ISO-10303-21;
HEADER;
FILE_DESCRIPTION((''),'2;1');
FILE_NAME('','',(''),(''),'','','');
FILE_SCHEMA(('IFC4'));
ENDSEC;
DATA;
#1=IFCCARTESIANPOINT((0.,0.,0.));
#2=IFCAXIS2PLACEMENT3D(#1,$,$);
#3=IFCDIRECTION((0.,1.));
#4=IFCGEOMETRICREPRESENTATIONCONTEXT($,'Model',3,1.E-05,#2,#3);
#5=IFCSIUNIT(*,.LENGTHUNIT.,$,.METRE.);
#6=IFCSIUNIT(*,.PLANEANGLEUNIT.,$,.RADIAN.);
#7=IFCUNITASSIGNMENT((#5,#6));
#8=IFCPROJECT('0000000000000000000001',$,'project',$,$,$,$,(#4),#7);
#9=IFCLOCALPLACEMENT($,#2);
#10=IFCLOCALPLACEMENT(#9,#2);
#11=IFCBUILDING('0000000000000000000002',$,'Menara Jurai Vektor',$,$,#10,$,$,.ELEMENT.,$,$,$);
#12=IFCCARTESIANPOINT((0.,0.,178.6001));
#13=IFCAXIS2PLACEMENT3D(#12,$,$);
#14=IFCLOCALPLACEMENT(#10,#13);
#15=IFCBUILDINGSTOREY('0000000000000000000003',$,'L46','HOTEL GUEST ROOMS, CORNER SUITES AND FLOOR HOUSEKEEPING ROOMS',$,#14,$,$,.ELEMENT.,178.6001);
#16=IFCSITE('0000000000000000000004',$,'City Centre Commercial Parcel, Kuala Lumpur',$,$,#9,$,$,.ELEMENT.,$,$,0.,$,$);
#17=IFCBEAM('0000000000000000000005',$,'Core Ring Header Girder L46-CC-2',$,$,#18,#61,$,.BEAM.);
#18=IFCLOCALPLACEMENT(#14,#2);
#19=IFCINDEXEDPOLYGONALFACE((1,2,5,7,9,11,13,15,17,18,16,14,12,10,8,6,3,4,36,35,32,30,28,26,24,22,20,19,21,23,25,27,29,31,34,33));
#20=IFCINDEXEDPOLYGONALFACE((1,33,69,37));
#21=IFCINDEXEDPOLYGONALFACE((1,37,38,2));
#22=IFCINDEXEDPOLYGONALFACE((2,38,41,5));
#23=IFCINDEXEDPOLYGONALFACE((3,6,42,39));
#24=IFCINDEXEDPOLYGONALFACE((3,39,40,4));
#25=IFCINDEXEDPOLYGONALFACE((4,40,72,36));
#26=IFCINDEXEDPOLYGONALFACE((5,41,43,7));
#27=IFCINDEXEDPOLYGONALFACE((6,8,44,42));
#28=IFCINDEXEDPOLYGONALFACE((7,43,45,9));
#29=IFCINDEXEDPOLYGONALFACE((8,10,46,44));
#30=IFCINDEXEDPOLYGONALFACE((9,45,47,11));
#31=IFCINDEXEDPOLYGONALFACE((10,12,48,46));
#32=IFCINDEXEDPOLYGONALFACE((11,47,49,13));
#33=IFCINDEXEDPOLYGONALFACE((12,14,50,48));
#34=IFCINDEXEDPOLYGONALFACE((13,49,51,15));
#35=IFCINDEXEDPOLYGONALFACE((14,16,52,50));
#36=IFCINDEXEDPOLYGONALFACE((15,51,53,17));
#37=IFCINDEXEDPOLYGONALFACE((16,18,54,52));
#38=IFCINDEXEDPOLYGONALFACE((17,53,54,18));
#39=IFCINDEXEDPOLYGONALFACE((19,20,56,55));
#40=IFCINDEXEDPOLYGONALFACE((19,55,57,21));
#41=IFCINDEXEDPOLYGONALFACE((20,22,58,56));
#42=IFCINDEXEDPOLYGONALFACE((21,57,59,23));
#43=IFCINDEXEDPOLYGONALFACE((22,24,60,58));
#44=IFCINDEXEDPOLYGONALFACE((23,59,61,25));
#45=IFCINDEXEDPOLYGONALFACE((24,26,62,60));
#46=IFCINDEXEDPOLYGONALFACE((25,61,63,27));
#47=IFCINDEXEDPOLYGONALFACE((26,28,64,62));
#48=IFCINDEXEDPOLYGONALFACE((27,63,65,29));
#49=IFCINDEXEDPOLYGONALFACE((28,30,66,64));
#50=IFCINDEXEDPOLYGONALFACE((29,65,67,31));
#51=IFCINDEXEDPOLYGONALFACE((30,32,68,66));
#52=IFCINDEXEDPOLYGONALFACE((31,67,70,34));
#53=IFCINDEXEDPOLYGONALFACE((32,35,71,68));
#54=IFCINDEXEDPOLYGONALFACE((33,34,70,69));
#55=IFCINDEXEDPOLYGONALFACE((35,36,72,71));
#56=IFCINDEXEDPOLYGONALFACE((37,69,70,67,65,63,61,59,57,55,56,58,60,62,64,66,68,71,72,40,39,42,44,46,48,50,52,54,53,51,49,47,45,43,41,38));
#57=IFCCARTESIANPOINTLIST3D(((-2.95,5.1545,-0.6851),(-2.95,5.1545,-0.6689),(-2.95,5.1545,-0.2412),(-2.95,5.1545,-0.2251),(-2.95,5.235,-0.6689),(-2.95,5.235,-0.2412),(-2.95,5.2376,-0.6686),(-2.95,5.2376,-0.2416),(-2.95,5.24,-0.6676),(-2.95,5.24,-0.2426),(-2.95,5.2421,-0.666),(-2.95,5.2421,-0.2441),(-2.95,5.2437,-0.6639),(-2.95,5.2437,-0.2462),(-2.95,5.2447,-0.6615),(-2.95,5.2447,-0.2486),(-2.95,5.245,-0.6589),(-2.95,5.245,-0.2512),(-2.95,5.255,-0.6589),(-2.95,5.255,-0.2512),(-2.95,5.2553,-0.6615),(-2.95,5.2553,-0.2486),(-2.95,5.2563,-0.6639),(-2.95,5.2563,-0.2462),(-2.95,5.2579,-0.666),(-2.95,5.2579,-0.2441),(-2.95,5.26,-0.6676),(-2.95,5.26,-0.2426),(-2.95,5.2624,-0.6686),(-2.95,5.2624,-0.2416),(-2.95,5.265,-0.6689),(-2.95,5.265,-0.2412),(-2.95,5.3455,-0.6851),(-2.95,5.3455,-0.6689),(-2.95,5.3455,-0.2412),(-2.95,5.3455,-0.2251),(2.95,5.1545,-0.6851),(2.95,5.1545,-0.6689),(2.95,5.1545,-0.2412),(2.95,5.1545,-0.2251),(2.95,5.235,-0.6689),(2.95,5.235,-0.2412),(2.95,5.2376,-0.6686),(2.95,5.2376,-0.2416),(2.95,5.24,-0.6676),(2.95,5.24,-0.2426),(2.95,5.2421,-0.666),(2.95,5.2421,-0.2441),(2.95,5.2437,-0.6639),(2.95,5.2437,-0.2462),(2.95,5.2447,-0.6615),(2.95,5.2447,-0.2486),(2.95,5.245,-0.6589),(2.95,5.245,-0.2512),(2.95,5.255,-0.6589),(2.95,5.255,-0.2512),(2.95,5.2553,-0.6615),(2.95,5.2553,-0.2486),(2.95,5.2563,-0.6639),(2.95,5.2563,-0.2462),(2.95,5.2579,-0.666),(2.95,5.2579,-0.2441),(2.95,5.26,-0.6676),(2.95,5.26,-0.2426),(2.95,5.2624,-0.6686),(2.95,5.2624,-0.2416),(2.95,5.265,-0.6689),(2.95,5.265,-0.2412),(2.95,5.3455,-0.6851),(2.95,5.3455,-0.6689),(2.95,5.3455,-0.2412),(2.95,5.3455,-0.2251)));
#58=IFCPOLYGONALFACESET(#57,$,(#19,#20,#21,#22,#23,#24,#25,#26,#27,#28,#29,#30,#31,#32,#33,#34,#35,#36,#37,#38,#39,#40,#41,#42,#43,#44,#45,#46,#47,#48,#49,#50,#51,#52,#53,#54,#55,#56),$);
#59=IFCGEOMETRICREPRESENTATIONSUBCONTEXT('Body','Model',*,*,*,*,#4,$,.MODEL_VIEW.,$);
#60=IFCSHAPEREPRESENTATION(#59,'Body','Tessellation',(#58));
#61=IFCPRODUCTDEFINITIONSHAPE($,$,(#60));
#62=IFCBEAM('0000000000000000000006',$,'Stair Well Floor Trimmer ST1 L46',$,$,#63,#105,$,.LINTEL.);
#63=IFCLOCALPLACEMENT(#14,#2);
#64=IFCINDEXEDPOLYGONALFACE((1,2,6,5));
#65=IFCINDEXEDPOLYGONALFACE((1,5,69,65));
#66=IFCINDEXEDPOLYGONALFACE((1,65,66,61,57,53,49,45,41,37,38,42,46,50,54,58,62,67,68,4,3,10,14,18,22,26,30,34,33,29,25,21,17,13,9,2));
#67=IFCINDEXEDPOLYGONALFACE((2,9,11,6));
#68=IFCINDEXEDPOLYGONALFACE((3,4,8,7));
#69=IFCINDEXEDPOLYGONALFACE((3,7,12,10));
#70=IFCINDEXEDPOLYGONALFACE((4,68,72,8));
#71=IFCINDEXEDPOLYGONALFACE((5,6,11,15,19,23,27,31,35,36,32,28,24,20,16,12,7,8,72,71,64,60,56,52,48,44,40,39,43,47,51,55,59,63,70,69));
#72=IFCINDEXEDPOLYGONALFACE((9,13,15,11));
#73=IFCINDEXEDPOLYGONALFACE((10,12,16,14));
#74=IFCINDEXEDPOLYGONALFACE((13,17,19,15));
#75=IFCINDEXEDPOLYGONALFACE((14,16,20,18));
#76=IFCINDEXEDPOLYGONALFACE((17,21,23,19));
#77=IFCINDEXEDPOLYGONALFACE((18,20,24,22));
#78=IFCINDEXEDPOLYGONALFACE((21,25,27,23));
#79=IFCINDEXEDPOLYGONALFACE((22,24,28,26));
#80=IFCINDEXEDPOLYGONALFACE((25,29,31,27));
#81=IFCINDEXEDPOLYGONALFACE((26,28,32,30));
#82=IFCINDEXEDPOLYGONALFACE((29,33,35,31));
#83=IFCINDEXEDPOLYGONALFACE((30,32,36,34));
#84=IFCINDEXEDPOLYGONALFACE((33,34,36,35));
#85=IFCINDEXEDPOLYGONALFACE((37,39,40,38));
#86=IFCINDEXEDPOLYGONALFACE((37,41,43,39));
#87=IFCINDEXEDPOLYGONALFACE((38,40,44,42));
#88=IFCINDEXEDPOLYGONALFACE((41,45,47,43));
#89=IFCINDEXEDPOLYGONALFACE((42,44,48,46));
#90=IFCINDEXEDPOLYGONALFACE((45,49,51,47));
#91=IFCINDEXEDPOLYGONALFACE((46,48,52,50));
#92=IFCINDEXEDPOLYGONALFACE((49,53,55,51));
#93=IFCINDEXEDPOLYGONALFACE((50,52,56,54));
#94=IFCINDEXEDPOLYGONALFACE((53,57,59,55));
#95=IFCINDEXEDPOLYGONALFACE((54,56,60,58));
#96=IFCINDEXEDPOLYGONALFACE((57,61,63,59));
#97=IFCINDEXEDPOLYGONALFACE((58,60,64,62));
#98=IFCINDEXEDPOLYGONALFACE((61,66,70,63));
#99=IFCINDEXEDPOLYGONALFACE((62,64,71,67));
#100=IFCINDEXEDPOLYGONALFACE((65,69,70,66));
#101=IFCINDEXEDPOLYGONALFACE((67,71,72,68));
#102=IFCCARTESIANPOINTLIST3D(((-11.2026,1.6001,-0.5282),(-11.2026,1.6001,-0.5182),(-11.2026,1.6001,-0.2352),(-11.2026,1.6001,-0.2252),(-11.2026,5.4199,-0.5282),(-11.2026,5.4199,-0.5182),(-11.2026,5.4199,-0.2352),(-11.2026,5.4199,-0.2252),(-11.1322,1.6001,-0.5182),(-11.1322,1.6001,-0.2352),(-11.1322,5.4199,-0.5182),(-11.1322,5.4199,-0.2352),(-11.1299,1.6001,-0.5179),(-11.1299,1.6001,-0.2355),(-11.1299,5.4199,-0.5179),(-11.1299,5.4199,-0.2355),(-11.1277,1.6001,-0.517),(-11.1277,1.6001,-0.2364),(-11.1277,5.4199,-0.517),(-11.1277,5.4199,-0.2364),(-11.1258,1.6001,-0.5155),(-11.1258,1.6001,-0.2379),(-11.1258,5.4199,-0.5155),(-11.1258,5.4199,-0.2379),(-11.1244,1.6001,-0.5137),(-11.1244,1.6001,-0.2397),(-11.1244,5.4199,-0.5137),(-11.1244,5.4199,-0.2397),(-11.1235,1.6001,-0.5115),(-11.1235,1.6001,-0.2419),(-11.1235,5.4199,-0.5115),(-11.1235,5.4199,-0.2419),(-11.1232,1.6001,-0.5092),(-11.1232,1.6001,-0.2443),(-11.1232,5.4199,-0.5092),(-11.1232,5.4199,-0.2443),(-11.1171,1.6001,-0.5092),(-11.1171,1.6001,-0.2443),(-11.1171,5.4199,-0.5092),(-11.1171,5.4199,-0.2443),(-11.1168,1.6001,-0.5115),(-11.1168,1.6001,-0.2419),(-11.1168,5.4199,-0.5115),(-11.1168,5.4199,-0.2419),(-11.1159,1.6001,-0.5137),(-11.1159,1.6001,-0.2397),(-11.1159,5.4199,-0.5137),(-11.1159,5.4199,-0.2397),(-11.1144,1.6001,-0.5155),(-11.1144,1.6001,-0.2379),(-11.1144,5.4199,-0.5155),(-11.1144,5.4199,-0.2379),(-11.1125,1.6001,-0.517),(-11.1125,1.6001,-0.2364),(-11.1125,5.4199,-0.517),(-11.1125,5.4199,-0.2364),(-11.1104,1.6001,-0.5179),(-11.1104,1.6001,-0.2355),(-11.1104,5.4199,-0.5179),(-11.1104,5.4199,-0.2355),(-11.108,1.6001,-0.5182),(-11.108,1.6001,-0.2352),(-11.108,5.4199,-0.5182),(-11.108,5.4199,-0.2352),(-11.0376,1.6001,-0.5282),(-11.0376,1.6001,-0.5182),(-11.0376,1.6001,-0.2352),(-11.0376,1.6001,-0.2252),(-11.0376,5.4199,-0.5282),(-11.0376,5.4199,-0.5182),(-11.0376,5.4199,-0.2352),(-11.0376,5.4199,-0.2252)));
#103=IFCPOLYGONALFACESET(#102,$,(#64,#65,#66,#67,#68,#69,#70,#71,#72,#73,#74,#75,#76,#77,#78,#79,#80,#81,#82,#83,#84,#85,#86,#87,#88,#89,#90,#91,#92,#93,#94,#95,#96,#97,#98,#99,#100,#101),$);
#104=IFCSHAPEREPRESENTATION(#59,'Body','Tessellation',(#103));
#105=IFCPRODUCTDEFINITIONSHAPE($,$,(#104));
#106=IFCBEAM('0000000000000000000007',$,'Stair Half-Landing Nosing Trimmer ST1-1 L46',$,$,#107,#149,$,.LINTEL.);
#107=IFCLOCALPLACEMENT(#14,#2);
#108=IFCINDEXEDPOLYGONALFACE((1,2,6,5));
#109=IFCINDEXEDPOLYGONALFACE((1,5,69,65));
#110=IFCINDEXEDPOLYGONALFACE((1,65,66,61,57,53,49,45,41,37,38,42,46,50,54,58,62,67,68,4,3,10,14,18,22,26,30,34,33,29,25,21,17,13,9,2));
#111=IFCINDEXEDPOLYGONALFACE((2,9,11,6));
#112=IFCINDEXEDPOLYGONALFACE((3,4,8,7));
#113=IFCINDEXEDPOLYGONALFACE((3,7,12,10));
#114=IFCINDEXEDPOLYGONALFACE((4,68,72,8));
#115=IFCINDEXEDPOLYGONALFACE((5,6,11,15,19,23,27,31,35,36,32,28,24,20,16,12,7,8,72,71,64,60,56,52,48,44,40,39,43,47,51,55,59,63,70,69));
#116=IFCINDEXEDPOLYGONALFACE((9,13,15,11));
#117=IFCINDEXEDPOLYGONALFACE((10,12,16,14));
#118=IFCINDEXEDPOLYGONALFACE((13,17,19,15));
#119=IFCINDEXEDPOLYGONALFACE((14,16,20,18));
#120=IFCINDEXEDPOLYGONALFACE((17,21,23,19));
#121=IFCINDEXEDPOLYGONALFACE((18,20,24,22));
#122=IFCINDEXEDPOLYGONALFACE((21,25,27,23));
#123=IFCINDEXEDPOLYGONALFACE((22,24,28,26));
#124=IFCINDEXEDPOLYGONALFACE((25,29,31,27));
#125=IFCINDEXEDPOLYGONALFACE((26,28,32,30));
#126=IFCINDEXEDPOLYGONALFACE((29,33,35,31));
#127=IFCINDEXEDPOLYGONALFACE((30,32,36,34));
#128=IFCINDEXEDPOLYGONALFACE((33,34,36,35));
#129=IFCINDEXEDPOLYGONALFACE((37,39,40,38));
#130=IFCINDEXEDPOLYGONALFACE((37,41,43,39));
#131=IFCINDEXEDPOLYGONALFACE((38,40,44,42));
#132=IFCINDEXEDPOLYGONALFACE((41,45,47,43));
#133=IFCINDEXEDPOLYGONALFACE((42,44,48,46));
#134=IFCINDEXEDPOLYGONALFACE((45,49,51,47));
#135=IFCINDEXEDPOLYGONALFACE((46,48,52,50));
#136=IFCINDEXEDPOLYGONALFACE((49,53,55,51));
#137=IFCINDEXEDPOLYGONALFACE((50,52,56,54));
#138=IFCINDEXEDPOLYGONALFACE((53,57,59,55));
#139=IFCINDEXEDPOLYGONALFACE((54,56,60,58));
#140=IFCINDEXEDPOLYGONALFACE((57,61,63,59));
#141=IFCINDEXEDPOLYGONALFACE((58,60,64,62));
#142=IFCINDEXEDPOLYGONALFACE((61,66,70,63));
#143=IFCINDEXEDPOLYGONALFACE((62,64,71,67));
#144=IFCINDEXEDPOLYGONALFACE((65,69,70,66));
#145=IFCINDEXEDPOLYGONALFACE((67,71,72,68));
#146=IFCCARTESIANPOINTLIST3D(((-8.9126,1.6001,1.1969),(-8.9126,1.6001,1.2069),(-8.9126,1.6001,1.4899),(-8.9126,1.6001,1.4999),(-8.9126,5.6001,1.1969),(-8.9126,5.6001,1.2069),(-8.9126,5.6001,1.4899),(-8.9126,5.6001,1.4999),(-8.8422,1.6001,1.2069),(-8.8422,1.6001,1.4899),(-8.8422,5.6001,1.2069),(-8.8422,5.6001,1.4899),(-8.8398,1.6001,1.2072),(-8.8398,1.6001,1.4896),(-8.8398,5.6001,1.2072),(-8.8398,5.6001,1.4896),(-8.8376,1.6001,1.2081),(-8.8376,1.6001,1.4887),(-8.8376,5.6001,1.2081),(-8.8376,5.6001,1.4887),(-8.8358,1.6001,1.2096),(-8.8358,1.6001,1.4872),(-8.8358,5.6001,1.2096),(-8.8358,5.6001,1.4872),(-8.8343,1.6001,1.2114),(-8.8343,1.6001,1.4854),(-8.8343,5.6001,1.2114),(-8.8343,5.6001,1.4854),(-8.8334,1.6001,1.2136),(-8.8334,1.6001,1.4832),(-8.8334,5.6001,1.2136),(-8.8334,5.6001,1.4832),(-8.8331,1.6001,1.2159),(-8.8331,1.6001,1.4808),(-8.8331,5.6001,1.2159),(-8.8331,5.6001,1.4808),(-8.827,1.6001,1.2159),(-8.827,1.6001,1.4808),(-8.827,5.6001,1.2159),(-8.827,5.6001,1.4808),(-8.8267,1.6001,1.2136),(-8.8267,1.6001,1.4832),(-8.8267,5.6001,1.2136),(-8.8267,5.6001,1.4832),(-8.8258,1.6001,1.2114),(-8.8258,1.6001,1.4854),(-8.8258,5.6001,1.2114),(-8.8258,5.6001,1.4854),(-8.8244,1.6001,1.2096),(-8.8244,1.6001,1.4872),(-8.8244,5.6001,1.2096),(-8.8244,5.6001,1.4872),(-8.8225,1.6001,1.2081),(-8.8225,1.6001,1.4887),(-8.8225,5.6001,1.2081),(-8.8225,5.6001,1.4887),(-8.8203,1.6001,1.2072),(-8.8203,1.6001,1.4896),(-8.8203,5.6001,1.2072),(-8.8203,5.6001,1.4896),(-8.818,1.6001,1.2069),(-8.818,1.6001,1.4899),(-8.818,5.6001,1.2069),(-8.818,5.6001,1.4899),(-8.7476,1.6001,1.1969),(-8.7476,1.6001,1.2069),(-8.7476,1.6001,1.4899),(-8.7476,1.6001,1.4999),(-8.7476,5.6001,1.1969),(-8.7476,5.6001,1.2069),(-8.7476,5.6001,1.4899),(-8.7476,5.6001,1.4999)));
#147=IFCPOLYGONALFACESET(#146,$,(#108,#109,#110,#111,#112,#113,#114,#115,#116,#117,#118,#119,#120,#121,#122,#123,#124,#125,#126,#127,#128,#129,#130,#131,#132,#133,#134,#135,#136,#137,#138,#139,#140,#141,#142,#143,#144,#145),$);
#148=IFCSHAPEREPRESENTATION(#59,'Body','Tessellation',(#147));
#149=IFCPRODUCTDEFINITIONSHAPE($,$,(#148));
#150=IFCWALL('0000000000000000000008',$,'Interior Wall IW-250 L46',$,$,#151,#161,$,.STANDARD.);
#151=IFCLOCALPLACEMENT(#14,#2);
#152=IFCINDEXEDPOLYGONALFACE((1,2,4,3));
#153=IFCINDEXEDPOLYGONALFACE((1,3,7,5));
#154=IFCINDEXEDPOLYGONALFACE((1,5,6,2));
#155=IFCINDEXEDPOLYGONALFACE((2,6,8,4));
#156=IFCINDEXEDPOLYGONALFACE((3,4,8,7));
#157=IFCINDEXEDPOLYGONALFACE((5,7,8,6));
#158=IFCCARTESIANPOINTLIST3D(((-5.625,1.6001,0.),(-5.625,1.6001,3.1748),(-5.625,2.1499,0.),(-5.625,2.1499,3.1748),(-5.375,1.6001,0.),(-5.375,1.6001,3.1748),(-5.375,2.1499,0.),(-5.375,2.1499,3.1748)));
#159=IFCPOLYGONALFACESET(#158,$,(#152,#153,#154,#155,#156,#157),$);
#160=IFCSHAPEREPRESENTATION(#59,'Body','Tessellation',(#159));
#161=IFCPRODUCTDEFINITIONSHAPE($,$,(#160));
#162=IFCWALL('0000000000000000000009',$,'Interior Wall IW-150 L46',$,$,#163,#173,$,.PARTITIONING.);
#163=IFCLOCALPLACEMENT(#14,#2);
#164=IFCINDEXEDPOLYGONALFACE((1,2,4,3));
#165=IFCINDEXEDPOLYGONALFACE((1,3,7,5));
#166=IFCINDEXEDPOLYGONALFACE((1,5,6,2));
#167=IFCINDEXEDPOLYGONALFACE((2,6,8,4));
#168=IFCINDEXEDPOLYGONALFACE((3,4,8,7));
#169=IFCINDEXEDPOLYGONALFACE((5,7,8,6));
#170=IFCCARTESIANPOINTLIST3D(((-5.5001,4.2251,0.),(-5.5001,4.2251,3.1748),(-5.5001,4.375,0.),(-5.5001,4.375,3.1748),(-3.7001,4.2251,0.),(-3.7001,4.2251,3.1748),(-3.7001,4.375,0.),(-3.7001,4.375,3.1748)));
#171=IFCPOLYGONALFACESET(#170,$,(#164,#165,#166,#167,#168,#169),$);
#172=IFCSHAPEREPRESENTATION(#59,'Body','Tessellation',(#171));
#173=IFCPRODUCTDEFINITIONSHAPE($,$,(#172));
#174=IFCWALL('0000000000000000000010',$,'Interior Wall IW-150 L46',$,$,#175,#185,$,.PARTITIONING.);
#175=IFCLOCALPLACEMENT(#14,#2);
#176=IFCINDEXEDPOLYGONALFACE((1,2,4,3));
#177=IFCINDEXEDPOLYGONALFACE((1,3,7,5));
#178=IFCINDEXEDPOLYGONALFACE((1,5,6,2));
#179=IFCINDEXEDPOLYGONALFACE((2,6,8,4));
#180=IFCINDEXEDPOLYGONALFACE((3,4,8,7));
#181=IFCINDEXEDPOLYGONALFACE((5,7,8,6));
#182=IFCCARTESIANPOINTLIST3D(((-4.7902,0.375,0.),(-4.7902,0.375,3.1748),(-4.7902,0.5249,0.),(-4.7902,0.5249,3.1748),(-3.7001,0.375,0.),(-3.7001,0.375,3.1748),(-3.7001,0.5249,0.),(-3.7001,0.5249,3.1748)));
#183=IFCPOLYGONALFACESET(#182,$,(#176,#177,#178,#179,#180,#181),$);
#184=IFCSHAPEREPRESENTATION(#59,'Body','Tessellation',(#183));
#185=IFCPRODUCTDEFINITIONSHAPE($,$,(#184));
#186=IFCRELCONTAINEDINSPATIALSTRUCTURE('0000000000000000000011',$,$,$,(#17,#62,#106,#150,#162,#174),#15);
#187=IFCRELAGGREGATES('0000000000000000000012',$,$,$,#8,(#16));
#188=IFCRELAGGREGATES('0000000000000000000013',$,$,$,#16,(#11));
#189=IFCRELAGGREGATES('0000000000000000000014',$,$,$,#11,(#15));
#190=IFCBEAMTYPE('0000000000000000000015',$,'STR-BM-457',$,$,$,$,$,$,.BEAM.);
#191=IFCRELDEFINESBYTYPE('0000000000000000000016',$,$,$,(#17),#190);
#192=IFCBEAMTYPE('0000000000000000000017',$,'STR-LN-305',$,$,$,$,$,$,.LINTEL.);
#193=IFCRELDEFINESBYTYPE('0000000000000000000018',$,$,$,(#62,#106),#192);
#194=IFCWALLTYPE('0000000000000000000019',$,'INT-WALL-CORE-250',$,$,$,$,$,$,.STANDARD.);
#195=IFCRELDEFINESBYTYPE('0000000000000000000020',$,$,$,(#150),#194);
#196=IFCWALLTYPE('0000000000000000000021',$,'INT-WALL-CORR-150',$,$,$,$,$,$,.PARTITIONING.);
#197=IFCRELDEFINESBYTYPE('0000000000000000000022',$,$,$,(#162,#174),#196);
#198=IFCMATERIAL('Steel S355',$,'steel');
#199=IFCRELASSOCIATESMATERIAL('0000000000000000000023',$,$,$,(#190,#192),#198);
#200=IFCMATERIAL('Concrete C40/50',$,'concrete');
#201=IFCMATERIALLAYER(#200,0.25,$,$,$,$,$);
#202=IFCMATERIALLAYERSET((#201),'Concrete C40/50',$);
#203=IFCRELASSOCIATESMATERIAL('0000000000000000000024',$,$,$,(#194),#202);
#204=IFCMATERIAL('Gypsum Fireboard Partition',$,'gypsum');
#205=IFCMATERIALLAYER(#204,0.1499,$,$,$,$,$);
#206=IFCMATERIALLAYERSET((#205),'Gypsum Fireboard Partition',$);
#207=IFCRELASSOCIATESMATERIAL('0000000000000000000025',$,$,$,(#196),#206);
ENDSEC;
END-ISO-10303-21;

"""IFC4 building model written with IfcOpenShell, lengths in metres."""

from ifc_helpers import new_model, si_unit, direction, frame, frame_2d, origin, origin_2d, place, context, subcontext, project, spatial, rectangle, i_section, extrude, material, layer, layer_set, material_profile, profile_set, type_object, element, save


model = new_model("IFC4")

# Units and contexts
model_context = context("Model", 3, precision=1e-05, world=origin(), true_north=direction((0.0, 1.0)))
body_context = subcontext(model_context, "Body", "Model", "MODEL_VIEW")
ifc_project = project(units=[si_unit("LENGTHUNIT", "METRE"), si_unit("PLANEANGLEUNIT", "RADIAN")], contexts=[model_context])

# Site, building, storey
site_placement = place(None, origin())
site = spatial("IfcSite", under=ifc_project, at=site_placement, Name="City Centre Commercial Parcel, Kuala Lumpur", CompositionType="ELEMENT", RefElevation=0.0)
building_placement = place(site_placement, origin())
building = spatial("IfcBuilding", under=site, at=building_placement, Name="Menara Jurai Vektor", CompositionType="ELEMENT")
storey_placement = place(building_placement, frame((0.0, 0.0, 178.6001)))
storey = spatial("IfcBuildingStorey", under=building, at=storey_placement, Name="L46", Description="HOTEL GUEST ROOMS, CORNER SUITES AND FLOOR HOUSEKEEPING ROOMS", CompositionType="ELEMENT", Elevation=178.6001)

# Shared definitions
ifc_material_1 = material(Name="Steel S355", Category="steel")

# Beams
ifc_material_profile_1 = material_profile(ifc_material_1, i_section(OverallWidth=0.1909, OverallDepth=0.46, WebThickness=0.01, FlangeThickness=0.0161, FilletRadius=0.01, at=origin_2d()), Name="UKB 457x191x82")
ifc_profile_set_1 = profile_set([ifc_material_profile_1], Name="Steel S355")
beam_type_1 = type_object("IfcBeamType", Name="STR-BM-457", PredefinedType="BEAM", material=ifc_profile_set_1)
beam_1_placement = place(storey_placement, frame((-2.95, 5.25, -0.4551), z_axis=(1.0, 0.0, 0.0), x_axis=(0.0, 1.0, 0.0)))
element("IfcBeam", 1, at=beam_1_placement, inside=storey, type_object=beam_type_1, Name="Core Ring Header Girder L46-CC-2", PredefinedType="BEAM", context=body_context, shape_type="SweptSolid", body=[
    extrude(i_section(OverallWidth=0.1909, OverallDepth=0.46, WebThickness=0.01, FlangeThickness=0.0161, FilletRadius=0.01, at=origin_2d()), origin(), (0.0, 0.0, 1.0), 5.8999),
])
ifc_material_profile_2 = material_profile(ifc_material_1, i_section(OverallWidth=0.165, OverallDepth=0.303, WebThickness=0.0061, FlangeThickness=0.01, FilletRadius=0.009, at=origin_2d()), Name="UKB 305x165x40")
ifc_profile_set_2 = profile_set([ifc_material_profile_2], Name="Steel S355")
beam_type_2 = type_object("IfcBeamType", Name="STR-LN-305", PredefinedType="LINTEL", material=ifc_profile_set_2)
beam_2_placement = place(storey_placement, frame((-11.1201, 1.6001, -0.3767), z_axis=(0.0, 1.0, 0.0), x_axis=(-1.0, 0.0, 0.0)))
element("IfcBeam", 2, at=beam_2_placement, inside=storey, type_object=beam_type_2, Name="Stair Well Floor Trimmer ST1 L46", PredefinedType="LINTEL", context=body_context, shape_type="SweptSolid", body=[
    extrude(i_section(OverallWidth=0.165, OverallDepth=0.303, WebThickness=0.0061, FlangeThickness=0.01, FilletRadius=0.009, at=origin_2d()), origin(), (0.0, 0.0, 1.0), 3.8198),
])
beam_3_placement = place(storey_placement, frame((-8.8301, 1.6001, 1.3484), z_axis=(0.0, 1.0, 0.0), x_axis=(-1.0, 0.0, 0.0)))
element("IfcBeam", 3, at=beam_3_placement, inside=storey, type_object=beam_type_2, Name="Stair Half-Landing Nosing Trimmer ST1-1 L46", PredefinedType="LINTEL", context=body_context, shape_type="SweptSolid", body=[
    extrude(i_section(OverallWidth=0.165, OverallDepth=0.303, WebThickness=0.0061, FlangeThickness=0.01, FilletRadius=0.009, at=origin_2d()), origin(), (0.0, 0.0, 1.0), 4.0),
])

# Shared definitions
ifc_material_2 = material(Name="Concrete C40/50", Category="concrete")
ifc_layer_1 = layer(ifc_material_2, 0.25)
ifc_layer_set_1 = layer_set([ifc_layer_1], Name="Concrete C40/50")
wall_type_1 = type_object("IfcWallType", Name="INT-WALL-CORE-250", PredefinedType="STANDARD", material=ifc_layer_set_1)

# Walls
wall_1_placement = place(storey_placement, frame((-5.5, 1.6001, 0.0), z_axis=(0.0, 0.0, 1.0), x_axis=(0.0, 1.0, 0.0)))
element("IfcWall", 4, at=wall_1_placement, inside=storey, type_object=wall_type_1, Name="Interior Wall IW-250 L46", PredefinedType="STANDARD", context=body_context, shape_type="SweptSolid", body=[
    extrude(rectangle(XDim=0.5498, YDim=0.25, at=frame_2d((0.2749, 0.0))), origin(), (0.0, 0.0, 1.0), 3.1748),
])
ifc_material_3 = material(Name="Gypsum Fireboard Partition", Category="gypsum")
ifc_layer_2 = layer(ifc_material_3, 0.1499)
ifc_layer_set_2 = layer_set([ifc_layer_2], Name="Gypsum Fireboard Partition")
wall_type_2 = type_object("IfcWallType", Name="INT-WALL-CORR-150", PredefinedType="PARTITIONING", material=ifc_layer_set_2)
wall_2_placement = place(storey_placement, frame((-5.5, 4.3, 0.0), z_axis=(0.0, 0.0, 1.0), x_axis=(1.0, 0.0, 0.0)))
element("IfcWall", 5, at=wall_2_placement, inside=storey, type_object=wall_type_2, Name="Interior Wall IW-150 L46", PredefinedType="PARTITIONING", context=body_context, shape_type="SweptSolid", body=[
    extrude(rectangle(XDim=1.8, YDim=0.1499, at=frame_2d((0.8999, 0.0))), origin(), (0.0, 0.0, 1.0), 3.1748),
])
wall_3_placement = place(storey_placement, frame((-4.79, 0.45, 0.0), z_axis=(0.0, 0.0, 1.0), x_axis=(1.0, 0.0, 0.0)))
element("IfcWall", 6, at=wall_3_placement, inside=storey, type_object=wall_type_2, Name="Interior Wall IW-150 L46", PredefinedType="PARTITIONING", context=body_context, shape_type="SweptSolid", body=[
    extrude(rectangle(XDim=1.0901, YDim=0.1499, at=frame_2d((0.5449, 0.0))), origin(), (0.0, 0.0, 1.0), 3.1748),
])

save(model, "model.ifc")
